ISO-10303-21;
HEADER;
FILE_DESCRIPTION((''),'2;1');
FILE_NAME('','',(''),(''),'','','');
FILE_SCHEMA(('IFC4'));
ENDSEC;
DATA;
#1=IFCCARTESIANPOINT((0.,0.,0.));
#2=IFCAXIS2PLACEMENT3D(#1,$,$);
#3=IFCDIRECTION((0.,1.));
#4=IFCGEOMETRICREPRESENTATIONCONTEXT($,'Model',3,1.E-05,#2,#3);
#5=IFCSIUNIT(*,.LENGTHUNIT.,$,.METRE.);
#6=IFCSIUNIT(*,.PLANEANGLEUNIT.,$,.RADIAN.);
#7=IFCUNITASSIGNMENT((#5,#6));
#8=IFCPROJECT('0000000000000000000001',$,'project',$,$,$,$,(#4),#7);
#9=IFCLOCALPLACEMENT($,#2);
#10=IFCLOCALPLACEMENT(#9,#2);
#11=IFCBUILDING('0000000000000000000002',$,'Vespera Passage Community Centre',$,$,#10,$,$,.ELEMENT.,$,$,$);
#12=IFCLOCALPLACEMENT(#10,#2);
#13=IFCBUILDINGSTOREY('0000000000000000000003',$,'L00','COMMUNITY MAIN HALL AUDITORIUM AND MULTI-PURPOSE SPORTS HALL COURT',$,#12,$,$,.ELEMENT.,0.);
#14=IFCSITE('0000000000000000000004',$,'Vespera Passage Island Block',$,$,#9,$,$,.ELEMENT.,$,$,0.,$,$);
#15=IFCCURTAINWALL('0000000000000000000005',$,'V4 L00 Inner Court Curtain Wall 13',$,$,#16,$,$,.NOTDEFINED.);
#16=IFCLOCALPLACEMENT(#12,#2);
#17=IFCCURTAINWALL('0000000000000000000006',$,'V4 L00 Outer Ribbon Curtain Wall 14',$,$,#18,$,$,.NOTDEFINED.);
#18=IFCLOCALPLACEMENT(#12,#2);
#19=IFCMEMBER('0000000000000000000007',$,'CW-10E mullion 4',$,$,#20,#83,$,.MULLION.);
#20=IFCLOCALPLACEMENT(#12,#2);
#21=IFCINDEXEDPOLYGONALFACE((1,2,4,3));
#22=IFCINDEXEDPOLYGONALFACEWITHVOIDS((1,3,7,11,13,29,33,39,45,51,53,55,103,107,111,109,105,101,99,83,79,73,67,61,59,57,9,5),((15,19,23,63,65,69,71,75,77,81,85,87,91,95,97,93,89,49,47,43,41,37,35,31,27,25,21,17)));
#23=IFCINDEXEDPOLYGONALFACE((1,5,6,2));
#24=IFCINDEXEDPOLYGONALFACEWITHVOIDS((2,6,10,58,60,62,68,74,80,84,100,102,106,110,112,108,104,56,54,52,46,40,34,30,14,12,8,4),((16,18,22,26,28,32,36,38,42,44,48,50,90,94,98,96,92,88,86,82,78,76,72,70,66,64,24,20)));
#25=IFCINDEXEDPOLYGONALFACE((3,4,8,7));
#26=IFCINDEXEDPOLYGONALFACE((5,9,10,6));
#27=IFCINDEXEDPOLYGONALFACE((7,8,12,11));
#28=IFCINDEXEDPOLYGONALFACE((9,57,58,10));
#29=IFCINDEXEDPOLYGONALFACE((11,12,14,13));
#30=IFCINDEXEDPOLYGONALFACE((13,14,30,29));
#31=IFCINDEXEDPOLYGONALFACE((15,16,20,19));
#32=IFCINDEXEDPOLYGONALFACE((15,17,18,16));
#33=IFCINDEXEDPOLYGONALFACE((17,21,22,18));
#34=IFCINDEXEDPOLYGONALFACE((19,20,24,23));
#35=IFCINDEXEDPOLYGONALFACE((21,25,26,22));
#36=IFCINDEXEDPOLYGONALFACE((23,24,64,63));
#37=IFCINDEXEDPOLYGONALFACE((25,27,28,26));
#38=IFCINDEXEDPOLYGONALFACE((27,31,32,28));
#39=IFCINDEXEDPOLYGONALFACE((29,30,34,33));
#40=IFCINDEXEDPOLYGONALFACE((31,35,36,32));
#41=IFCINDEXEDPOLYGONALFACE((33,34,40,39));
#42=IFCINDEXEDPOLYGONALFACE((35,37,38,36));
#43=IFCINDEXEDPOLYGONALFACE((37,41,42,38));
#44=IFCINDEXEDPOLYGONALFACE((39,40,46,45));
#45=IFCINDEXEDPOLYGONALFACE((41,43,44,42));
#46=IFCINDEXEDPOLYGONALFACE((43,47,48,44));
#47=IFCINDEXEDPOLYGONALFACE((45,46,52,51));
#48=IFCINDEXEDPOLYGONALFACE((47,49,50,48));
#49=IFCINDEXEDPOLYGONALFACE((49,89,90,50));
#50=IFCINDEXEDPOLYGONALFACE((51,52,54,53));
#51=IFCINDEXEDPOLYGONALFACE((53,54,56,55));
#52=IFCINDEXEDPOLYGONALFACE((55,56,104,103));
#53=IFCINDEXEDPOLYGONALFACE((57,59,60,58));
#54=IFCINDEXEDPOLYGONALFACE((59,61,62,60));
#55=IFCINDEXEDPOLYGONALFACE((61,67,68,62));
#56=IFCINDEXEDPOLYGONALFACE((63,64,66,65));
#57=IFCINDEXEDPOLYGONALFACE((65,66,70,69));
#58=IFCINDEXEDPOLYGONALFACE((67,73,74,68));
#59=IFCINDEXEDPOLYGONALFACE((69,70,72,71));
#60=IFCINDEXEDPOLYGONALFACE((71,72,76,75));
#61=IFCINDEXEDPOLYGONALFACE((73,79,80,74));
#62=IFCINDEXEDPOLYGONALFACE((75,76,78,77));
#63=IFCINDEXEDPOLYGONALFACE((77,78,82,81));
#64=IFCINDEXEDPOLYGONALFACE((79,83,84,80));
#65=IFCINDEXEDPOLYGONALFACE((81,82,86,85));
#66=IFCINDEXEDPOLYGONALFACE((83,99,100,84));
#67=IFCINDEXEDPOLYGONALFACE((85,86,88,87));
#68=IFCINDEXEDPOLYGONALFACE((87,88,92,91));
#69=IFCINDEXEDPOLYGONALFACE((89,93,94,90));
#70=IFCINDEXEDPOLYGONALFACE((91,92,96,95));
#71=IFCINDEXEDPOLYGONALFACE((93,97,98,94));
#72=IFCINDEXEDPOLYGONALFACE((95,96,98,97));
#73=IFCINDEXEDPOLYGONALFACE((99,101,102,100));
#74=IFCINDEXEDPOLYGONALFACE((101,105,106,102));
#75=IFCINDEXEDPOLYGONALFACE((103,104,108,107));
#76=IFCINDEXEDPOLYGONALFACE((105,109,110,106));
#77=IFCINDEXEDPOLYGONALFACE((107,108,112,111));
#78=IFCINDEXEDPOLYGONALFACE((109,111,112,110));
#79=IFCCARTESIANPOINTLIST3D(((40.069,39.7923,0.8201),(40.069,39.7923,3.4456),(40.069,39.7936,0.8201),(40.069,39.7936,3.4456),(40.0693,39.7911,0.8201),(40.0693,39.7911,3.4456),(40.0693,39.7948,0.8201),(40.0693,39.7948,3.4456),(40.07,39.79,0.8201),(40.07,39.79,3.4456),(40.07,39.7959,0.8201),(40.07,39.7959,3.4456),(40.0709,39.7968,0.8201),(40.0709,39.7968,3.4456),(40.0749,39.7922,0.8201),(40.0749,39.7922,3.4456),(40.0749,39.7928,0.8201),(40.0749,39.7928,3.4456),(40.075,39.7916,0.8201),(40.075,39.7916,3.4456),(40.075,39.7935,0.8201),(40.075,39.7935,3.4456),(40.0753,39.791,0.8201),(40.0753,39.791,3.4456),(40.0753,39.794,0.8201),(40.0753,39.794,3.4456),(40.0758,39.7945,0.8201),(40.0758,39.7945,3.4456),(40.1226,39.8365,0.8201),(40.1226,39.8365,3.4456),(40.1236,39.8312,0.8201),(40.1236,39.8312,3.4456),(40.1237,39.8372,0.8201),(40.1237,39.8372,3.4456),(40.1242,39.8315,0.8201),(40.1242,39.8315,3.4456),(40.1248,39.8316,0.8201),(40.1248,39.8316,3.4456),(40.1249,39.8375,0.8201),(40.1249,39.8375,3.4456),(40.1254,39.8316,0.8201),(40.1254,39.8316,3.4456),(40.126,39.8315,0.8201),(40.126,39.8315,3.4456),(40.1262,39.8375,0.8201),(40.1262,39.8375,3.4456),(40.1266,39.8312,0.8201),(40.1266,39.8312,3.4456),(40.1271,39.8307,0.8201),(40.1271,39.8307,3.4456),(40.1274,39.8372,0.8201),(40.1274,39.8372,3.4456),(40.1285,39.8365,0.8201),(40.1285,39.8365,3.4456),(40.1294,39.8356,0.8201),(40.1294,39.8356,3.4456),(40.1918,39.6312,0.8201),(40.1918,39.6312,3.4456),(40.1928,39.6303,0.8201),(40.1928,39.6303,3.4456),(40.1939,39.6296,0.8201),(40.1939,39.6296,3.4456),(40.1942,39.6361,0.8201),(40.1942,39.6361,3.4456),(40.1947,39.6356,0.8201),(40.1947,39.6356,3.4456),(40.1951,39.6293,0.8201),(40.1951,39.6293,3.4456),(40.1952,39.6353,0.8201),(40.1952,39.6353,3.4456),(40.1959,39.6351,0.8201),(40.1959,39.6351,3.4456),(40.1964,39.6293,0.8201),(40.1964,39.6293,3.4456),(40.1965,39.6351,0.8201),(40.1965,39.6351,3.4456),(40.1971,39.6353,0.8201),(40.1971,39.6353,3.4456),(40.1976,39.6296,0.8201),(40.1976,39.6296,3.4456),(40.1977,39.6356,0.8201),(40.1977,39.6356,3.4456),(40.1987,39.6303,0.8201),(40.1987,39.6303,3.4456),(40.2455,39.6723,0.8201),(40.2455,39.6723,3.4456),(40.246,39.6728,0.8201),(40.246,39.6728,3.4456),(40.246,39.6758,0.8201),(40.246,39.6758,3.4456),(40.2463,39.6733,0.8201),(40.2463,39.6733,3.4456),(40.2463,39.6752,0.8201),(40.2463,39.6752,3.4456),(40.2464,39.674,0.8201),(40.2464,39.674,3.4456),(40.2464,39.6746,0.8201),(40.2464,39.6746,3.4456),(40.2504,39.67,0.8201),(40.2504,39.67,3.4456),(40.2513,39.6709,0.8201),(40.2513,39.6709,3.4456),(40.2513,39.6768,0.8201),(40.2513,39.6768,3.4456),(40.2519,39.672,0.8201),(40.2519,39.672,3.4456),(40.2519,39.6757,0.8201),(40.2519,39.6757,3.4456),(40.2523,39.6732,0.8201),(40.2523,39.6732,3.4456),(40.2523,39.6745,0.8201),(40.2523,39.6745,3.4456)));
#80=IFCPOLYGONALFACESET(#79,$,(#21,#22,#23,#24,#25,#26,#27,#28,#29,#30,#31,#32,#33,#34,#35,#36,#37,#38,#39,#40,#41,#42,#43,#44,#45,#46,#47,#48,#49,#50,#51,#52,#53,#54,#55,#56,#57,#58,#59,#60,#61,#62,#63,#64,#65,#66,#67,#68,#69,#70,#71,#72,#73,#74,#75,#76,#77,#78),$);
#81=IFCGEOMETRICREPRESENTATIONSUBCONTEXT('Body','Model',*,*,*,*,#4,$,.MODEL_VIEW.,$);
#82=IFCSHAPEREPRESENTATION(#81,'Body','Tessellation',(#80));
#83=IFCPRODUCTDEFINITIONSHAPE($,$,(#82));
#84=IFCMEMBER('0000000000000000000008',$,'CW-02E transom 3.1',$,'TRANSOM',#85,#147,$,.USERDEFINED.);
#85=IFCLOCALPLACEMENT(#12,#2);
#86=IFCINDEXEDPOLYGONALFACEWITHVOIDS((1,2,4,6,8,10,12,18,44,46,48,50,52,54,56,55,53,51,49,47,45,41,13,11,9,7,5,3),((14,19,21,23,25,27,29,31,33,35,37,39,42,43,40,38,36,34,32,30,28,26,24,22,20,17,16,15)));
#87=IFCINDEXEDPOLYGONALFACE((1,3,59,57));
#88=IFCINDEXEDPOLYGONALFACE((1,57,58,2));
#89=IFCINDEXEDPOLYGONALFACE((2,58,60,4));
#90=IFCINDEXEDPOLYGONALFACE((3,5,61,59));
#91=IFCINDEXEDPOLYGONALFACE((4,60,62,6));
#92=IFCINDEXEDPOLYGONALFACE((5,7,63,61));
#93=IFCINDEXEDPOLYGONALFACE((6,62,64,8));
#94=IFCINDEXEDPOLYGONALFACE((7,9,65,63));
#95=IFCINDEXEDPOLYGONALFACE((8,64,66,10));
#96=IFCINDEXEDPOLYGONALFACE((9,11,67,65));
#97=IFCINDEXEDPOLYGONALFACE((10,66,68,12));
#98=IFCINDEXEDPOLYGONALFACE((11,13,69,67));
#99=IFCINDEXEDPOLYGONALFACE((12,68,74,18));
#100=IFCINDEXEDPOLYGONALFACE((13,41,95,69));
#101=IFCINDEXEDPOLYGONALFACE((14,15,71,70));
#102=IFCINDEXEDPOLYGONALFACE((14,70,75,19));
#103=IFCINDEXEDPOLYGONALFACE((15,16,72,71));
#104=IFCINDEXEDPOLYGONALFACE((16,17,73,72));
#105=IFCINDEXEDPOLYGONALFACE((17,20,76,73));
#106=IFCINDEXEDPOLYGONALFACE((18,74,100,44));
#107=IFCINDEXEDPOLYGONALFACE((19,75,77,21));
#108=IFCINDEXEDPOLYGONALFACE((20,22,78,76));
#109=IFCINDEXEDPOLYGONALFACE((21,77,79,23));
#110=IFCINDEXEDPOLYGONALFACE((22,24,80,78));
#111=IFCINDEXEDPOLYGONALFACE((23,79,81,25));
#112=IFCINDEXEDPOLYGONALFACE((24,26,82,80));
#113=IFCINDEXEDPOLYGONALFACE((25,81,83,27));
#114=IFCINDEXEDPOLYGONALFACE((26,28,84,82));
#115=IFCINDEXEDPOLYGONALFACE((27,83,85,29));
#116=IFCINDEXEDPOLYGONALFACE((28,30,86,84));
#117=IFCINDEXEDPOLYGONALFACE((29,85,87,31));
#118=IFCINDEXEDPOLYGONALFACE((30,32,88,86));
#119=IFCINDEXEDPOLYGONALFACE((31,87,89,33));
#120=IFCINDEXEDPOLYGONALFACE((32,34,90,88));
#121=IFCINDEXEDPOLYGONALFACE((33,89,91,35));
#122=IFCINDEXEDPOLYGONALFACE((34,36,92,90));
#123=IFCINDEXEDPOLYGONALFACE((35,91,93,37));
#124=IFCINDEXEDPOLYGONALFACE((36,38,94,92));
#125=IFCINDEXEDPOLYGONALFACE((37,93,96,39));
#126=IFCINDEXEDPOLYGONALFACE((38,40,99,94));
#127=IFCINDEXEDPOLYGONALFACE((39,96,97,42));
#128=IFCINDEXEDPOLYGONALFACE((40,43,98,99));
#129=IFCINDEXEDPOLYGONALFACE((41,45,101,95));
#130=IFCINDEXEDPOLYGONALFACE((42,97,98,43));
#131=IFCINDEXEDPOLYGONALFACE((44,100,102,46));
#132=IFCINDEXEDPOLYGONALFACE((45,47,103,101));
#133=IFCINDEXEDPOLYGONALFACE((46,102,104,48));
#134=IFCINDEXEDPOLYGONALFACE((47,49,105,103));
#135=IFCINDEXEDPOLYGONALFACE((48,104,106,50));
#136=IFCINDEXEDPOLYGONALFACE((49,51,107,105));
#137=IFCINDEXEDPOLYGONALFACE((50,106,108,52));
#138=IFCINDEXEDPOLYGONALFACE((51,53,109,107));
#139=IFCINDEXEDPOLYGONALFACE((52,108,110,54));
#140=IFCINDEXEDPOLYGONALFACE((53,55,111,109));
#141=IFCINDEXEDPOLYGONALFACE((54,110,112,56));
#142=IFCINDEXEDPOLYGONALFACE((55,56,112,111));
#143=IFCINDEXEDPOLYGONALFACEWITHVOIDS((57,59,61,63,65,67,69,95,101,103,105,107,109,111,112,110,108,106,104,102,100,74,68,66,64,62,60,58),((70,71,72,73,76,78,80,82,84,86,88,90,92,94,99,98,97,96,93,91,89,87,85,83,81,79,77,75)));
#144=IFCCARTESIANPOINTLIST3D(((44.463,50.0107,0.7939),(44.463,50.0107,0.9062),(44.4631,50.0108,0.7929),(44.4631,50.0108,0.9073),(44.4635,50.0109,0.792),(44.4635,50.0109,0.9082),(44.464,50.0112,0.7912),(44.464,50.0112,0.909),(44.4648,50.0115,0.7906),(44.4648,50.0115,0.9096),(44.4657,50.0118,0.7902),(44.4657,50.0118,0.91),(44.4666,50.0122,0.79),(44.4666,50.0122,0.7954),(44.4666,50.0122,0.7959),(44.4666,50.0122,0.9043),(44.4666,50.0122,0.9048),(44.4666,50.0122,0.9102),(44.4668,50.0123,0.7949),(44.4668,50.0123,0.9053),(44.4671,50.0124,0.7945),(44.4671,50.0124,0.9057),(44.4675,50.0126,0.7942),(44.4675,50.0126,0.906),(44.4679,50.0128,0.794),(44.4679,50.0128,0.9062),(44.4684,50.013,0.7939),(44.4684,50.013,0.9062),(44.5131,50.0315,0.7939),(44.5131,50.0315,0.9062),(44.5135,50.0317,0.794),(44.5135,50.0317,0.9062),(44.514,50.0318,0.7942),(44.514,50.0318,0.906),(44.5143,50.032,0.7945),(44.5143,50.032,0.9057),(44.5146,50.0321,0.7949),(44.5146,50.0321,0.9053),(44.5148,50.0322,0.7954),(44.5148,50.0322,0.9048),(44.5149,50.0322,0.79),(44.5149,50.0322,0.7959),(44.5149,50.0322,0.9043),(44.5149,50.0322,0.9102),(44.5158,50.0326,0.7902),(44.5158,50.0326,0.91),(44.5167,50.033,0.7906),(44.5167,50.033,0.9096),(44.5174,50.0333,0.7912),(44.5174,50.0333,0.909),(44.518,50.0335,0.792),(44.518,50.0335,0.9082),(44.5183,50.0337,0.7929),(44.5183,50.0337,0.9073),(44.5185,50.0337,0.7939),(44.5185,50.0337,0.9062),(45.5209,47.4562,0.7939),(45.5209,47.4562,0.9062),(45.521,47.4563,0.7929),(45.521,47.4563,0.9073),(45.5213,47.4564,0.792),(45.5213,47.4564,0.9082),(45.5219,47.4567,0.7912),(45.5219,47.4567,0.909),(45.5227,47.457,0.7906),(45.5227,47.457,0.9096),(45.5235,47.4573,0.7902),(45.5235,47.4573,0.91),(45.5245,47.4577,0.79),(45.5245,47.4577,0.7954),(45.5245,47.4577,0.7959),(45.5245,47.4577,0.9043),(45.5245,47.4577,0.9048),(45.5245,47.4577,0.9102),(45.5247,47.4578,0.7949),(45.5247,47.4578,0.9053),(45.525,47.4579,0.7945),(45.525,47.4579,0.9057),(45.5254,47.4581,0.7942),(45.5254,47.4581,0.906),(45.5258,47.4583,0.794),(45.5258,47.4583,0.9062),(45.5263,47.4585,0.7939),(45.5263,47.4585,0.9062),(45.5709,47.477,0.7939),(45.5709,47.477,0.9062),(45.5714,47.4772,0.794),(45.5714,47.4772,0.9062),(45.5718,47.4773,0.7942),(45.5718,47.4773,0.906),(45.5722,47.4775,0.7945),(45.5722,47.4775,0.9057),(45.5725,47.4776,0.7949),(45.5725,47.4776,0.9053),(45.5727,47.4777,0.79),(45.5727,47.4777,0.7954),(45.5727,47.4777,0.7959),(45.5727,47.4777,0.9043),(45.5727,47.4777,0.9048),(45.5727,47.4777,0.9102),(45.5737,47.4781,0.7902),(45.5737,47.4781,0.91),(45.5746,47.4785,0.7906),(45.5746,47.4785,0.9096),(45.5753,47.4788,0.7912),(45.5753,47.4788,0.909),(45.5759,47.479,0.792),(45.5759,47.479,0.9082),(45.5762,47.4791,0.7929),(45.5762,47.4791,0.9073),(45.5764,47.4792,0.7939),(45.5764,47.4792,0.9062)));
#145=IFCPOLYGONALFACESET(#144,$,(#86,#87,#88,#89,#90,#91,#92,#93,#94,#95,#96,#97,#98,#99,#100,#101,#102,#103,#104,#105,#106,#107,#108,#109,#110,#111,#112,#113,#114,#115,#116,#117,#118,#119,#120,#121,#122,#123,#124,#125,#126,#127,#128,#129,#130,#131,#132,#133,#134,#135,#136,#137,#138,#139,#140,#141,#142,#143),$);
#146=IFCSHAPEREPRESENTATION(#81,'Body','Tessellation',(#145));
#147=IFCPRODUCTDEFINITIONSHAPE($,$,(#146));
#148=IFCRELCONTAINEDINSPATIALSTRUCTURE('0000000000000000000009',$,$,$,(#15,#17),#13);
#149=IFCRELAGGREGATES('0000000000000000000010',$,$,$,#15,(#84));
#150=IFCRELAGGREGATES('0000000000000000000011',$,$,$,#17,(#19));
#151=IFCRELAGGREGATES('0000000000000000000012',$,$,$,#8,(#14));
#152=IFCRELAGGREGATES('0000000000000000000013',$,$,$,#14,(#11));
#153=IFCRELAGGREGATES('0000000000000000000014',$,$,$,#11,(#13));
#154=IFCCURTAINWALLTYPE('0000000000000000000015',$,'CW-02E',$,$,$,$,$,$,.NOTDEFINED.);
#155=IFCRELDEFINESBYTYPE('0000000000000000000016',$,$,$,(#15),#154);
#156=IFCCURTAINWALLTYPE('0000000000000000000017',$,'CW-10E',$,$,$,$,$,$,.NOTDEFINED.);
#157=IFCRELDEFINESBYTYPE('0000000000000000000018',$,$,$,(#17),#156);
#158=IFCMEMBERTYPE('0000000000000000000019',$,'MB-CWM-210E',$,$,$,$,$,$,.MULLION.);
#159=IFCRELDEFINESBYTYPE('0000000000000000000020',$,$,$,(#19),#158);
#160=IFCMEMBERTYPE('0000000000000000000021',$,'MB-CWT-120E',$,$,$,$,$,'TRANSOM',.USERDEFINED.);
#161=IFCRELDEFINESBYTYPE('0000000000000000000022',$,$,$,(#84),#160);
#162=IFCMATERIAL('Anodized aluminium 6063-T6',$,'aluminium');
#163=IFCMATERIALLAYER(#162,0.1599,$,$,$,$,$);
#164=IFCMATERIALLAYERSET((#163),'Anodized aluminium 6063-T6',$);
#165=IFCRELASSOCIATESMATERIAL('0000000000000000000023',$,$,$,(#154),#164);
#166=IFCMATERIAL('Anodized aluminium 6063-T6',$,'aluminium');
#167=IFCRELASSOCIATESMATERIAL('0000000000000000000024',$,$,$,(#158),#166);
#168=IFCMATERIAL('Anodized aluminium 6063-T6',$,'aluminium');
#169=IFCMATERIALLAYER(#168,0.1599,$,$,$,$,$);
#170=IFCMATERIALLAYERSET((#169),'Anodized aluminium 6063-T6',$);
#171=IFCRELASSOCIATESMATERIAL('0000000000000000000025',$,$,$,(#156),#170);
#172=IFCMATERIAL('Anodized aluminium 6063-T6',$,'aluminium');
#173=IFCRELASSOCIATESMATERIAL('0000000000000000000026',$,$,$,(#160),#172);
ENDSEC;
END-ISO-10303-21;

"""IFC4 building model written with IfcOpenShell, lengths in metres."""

from ifc_helpers import new_model, si_unit, direction, frame, origin, origin_2d, place, context, subcontext, project, spatial, hollow_rectangle, extrude, material, layer, layer_set, material_profile, profile_set, type_object, element, aggregate, save


model = new_model("IFC4")

# Units and contexts
model_context = context("Model", 3, precision=1e-05, world=origin(), true_north=direction((0.0, 1.0)))
body_context = subcontext(model_context, "Body", "Model", "MODEL_VIEW")
ifc_project = project(units=[si_unit("LENGTHUNIT", "METRE"), si_unit("PLANEANGLEUNIT", "RADIAN")], contexts=[model_context])

# Site, building, storey
site_placement = place(None, origin())
site = spatial("IfcSite", under=ifc_project, at=site_placement, Name="Vespera Passage Island Block", CompositionType="ELEMENT", RefElevation=0.0)
building_placement = place(site_placement, origin())
building = spatial("IfcBuilding", under=site, at=building_placement, Name="Vespera Passage Community Centre", CompositionType="ELEMENT")
storey_placement = place(building_placement, origin())
storey = spatial("IfcBuildingStorey", under=building, at=storey_placement, Name="L00", Description="COMMUNITY MAIN HALL AUDITORIUM AND MULTI-PURPOSE SPORTS HALL COURT", CompositionType="ELEMENT", Elevation=0.0)

# Curtain walls, member
ifc_material_1 = material(Name="Anodized aluminium 6063-T6", Category="aluminium")
ifc_layer_1 = layer(ifc_material_1, 0.1599)
ifc_layer_set_1 = layer_set([ifc_layer_1], Name="Anodized aluminium 6063-T6")
curtain_wall_type_1 = type_object("IfcCurtainWallType", Name="CW-02E", PredefinedType="NOTDEFINED", material=ifc_layer_set_1)
curtain_wall_1_placement = place(storey_placement, origin())
curtain_wall_1 = element("IfcCurtainWall", 1, at=curtain_wall_1_placement, inside=storey, type_object=curtain_wall_type_1, Name="V4 L00 Inner Court Curtain Wall 13", PredefinedType="NOTDEFINED")
ifc_material_2 = material(Name="Anodized aluminium 6063-T6", Category="aluminium")
ifc_material_profile_1 = material_profile(ifc_material_2, hollow_rectangle(XDim=0.075, YDim=0.21, WallThickness=0.0049, InnerFilletRadius=0.0024, OuterFilletRadius=0.0049, at=origin_2d()), Name="ALU210X75X5")
ifc_profile_set_1 = profile_set([ifc_material_profile_1], Name="Anodized aluminium 6063-T6")
member_type_1 = type_object("IfcMemberType", Name="MB-CWM-210E", PredefinedType="MULLION", material=ifc_profile_set_1)
ifc_material_3 = material(Name="Anodized aluminium 6063-T6", Category="aluminium")
ifc_layer_2 = layer(ifc_material_3, 0.1599)
ifc_layer_set_2 = layer_set([ifc_layer_2], Name="Anodized aluminium 6063-T6")
curtain_wall_type_2 = type_object("IfcCurtainWallType", Name="CW-10E", PredefinedType="NOTDEFINED", material=ifc_layer_set_2)
curtain_wall_2_placement = place(storey_placement, origin())
curtain_wall_2 = element("IfcCurtainWall", 2, at=curtain_wall_2_placement, inside=storey, type_object=curtain_wall_type_2, Name="V4 L00 Outer Ribbon Curtain Wall 14", PredefinedType="NOTDEFINED")
member_1_placement = place(storey_placement, frame((40.1606, 39.7334, 0.8201), z_axis=(0.0, 0.0, 1.0), x_axis=(-0.79335, -0.608765, 0.0)))
member_1 = element("IfcMember", 3, at=member_1_placement, type_object=member_type_1, Name="CW-10E mullion 4", PredefinedType="MULLION", context=body_context, shape_type="SweptSolid", body=[
    extrude(hollow_rectangle(XDim=0.075, YDim=0.21, WallThickness=0.0049, InnerFilletRadius=0.0024, OuterFilletRadius=0.0049, at=origin_2d()), origin(), (0.0, 0.0, 1.0), 2.6255),
])

# Member
ifc_material_4 = material(Name="Anodized aluminium 6063-T6", Category="aluminium")
ifc_material_profile_2 = material_profile(ifc_material_4, hollow_rectangle(XDim=0.0601, YDim=0.1201, WallThickness=0.0039, InnerFilletRadius=0.002, OuterFilletRadius=0.0039, at=origin_2d()), Name="ALU120X60X4")
ifc_profile_set_2 = profile_set([ifc_material_profile_2], Name="Anodized aluminium 6063-T6")
member_type_2 = type_object("IfcMemberType", Name="MB-CWT-120E", ElementType="TRANSOM", PredefinedType="USERDEFINED", material=ifc_profile_set_2)
member_2_placement = place(storey_placement, frame((44.4907, 50.0222, 0.8501), z_axis=(0.382614, -0.923908, 0.0), x_axis=(0.923908, 0.382614, 0.0)))
member_2 = element("IfcMember", 4, at=member_2_placement, type_object=member_type_2, Name="CW-02E transom 3.1", ObjectType="TRANSOM", PredefinedType="USERDEFINED", context=body_context, shape_type="SweptSolid", body=[
    extrude(hollow_rectangle(XDim=0.0601, YDim=0.1201, WallThickness=0.0039, InnerFilletRadius=0.002, OuterFilletRadius=0.0039, at=origin_2d()), origin(), (0.0, 0.0, 1.0), 2.7649),
])

aggregate(curtain_wall_1, [member_2])
aggregate(curtain_wall_2, [member_1])

save(model, "model.ifc")
